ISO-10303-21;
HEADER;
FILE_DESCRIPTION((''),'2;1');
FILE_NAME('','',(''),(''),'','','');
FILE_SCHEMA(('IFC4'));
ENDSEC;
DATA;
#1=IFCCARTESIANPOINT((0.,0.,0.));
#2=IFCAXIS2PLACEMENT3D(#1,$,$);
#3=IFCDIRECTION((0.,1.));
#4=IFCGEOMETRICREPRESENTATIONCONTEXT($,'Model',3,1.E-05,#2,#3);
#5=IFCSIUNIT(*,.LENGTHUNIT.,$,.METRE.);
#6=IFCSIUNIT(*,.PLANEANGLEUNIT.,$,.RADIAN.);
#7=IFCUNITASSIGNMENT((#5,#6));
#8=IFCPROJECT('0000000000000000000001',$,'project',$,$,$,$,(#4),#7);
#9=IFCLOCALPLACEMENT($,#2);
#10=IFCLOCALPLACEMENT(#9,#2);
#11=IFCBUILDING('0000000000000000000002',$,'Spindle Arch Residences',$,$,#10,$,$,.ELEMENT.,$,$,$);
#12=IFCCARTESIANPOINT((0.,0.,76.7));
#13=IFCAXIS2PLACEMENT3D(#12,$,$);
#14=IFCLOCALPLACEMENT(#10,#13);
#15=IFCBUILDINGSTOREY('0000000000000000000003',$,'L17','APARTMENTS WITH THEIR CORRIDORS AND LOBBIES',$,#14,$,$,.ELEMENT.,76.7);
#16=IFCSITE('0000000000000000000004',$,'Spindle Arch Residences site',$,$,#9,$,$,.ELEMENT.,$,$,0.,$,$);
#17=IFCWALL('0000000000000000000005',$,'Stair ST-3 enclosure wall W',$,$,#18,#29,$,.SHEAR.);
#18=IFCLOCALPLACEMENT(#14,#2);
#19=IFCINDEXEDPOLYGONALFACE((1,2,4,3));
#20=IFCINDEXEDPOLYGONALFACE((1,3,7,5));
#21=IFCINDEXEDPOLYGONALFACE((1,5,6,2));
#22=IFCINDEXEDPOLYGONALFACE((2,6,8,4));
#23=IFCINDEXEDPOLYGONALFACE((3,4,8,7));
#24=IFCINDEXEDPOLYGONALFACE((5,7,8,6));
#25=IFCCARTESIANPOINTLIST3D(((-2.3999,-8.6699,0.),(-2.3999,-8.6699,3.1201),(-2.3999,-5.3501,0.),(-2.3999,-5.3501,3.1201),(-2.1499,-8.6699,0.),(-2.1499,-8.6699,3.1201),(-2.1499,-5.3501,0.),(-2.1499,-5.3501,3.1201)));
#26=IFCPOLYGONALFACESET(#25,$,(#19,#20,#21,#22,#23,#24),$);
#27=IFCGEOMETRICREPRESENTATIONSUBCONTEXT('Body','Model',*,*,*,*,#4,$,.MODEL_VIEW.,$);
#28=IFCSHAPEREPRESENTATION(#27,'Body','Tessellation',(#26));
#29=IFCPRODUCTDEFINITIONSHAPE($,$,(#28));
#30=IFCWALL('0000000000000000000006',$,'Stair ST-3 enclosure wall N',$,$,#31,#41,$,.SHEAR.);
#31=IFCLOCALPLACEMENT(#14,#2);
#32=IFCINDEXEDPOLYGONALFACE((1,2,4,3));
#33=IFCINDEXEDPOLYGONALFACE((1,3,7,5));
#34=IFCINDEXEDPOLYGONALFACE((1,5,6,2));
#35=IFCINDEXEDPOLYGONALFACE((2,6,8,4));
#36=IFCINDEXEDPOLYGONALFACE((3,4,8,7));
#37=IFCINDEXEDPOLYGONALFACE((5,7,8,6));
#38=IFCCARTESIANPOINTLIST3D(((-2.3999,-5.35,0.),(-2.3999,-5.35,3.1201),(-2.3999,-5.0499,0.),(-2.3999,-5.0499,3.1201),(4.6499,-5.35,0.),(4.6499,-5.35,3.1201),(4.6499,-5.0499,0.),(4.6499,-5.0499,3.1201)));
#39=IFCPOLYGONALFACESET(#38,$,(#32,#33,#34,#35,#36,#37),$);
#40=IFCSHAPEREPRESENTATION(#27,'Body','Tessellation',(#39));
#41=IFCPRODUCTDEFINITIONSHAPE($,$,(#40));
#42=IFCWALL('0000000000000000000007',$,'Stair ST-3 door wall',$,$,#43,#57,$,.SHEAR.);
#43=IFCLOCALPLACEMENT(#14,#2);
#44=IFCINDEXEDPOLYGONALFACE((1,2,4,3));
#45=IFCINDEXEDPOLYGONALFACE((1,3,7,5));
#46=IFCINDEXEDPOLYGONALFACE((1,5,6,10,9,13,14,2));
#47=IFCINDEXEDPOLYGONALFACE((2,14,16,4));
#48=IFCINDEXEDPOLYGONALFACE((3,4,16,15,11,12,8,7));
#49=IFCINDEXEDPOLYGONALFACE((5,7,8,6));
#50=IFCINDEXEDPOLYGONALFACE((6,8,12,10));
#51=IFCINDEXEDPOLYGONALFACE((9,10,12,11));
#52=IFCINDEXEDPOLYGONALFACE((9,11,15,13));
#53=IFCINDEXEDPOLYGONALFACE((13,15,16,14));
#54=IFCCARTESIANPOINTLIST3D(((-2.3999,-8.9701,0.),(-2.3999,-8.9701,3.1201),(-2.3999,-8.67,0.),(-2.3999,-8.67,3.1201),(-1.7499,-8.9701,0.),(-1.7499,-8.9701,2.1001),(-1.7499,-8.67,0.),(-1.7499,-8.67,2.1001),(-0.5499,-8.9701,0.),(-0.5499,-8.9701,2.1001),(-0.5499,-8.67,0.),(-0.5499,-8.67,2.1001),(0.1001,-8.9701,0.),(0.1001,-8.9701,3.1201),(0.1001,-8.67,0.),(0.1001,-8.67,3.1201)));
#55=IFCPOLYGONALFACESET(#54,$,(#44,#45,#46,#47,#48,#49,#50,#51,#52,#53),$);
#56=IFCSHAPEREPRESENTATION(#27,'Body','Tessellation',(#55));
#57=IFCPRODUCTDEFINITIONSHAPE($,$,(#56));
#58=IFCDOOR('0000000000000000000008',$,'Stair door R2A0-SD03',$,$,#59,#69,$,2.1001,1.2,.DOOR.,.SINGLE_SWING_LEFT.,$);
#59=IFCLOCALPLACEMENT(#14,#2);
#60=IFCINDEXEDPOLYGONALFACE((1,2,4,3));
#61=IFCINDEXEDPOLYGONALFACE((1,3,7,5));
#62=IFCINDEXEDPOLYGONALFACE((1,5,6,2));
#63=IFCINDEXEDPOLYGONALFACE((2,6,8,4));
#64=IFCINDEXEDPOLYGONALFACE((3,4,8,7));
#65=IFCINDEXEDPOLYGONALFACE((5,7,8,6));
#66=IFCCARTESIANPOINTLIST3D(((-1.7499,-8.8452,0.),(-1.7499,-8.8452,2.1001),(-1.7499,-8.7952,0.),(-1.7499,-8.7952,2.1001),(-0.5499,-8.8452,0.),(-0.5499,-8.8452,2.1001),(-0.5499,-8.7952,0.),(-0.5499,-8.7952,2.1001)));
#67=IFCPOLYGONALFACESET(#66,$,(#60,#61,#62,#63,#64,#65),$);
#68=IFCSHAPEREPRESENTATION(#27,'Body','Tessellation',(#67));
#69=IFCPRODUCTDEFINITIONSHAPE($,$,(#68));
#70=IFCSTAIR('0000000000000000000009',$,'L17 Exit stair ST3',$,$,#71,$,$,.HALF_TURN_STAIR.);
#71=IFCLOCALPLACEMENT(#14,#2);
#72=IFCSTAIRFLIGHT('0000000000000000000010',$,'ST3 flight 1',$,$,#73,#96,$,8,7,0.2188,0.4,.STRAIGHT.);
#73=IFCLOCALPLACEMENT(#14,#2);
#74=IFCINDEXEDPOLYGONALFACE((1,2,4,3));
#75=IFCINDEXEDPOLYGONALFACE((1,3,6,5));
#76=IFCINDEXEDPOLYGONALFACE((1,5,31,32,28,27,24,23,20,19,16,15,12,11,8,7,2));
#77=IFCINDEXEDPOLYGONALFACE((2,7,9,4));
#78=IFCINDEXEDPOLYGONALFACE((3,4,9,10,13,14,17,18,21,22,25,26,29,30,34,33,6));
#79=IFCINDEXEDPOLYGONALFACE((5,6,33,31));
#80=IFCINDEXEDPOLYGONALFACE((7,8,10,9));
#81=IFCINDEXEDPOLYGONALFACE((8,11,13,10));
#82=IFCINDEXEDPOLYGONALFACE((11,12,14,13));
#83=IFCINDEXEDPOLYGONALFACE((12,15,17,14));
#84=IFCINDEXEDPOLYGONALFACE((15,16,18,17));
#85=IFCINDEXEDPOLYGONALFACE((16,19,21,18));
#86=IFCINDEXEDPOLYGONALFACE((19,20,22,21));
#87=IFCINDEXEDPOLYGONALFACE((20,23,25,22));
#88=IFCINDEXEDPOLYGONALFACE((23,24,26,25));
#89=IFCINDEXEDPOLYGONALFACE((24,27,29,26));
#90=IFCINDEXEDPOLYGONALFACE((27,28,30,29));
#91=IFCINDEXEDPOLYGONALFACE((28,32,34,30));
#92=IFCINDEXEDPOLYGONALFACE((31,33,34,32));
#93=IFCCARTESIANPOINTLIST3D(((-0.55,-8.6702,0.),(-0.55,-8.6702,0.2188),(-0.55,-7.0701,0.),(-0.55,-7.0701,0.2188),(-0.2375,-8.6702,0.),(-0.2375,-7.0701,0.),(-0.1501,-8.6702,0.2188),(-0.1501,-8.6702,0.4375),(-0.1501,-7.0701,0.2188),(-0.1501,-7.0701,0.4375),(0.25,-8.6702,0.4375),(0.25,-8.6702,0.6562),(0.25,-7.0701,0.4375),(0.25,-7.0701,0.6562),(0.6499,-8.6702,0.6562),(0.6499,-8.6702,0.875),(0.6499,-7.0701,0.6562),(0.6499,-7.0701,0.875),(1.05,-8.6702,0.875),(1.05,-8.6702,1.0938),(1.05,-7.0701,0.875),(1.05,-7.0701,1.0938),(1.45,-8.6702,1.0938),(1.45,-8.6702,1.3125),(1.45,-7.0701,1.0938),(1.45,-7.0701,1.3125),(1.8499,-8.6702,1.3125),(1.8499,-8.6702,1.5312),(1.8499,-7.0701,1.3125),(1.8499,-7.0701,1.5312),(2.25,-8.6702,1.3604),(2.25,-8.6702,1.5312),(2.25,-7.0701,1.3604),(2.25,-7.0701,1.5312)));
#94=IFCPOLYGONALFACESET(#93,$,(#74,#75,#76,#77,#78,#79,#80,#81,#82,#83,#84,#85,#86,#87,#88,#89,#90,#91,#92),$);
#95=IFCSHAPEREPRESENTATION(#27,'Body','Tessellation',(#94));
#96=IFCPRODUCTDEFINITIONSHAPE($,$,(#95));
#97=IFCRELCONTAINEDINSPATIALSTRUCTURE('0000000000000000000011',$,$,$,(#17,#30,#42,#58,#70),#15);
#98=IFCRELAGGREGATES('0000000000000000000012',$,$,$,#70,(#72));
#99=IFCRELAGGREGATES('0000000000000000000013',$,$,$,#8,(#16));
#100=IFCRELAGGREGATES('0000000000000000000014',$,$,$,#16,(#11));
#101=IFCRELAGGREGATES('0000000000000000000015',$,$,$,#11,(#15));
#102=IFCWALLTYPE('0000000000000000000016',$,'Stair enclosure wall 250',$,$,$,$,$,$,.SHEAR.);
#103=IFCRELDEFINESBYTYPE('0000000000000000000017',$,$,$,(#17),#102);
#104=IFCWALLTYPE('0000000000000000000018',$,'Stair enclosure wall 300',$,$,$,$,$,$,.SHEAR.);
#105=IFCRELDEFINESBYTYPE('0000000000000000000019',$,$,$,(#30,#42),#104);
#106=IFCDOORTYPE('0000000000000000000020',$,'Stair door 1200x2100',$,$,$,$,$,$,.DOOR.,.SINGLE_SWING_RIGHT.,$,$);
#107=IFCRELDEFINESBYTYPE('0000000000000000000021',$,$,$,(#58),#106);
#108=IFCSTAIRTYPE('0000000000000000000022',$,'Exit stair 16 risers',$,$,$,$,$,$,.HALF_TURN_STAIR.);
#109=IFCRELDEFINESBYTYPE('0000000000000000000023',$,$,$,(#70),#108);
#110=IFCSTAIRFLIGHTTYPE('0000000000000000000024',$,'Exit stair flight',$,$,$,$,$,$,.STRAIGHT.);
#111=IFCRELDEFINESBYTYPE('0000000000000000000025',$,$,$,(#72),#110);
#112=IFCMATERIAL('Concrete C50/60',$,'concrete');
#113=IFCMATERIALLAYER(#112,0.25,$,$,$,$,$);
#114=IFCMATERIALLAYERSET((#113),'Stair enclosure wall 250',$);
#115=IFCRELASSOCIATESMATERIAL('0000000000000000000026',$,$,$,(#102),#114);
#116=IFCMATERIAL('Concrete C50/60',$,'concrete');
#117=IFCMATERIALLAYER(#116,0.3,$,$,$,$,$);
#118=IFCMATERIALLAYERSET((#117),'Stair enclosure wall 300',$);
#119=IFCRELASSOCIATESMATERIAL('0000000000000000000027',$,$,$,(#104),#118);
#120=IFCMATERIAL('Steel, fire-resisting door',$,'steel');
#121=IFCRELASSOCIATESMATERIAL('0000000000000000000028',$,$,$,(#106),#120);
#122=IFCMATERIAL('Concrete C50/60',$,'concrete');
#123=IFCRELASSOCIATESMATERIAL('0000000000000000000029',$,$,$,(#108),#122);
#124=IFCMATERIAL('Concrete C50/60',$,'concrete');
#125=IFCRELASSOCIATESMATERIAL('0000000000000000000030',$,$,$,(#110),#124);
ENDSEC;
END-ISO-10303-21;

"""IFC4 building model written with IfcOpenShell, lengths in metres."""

from ifc_helpers import new_model, si_unit, direction, frame, frame_2d, origin, place, context, subcontext, project, spatial, polyline, rectangle, outline, extrude, material, layer, layer_set, type_object, element, fill, aggregate, save


model = new_model("IFC4")

# Units and contexts
model_context = context("Model", 3, precision=1e-05, world=origin(), true_north=direction((0.0, 1.0)))
body_context = subcontext(model_context, "Body", "Model", "MODEL_VIEW")
ifc_project = project(units=[si_unit("LENGTHUNIT", "METRE"), si_unit("PLANEANGLEUNIT", "RADIAN")], contexts=[model_context])

# Site, building, storey
site_placement = place(None, origin())
site = spatial("IfcSite", under=ifc_project, at=site_placement, Name="Spindle Arch Residences site", CompositionType="ELEMENT", RefElevation=0.0)
building_placement = place(site_placement, origin())
building = spatial("IfcBuilding", under=site, at=building_placement, Name="Spindle Arch Residences", CompositionType="ELEMENT")
storey_placement = place(building_placement, frame((0.0, 0.0, 76.7)))
storey = spatial("IfcBuildingStorey", under=building, at=storey_placement, Name="L17", Description="APARTMENTS WITH THEIR CORRIDORS AND LOBBIES", CompositionType="ELEMENT", Elevation=76.7)

# Walls
ifc_material_1 = material(Name="Concrete C50/60", Category="concrete")
ifc_layer_1 = layer(ifc_material_1, 0.25)
ifc_layer_set_1 = layer_set([ifc_layer_1], Name="Stair enclosure wall 250")
wall_type_1 = type_object("IfcWallType", Name="Stair enclosure wall 250", PredefinedType="SHEAR", material=ifc_layer_set_1)
wall_1_placement = place(storey_placement, frame((-2.2749, -8.6699, 0.0), z_axis=(0.0, 0.0, 1.0), x_axis=(0.0, 1.0, 0.0)))
element("IfcWall", 1, at=wall_1_placement, inside=storey, type_object=wall_type_1, Name="Stair ST-3 enclosure wall W", PredefinedType="SHEAR", context=body_context, shape_type="SweptSolid", body=[
    extrude(rectangle(XDim=3.3198, YDim=0.25, at=frame_2d((1.6599, 0.0))), origin(), (0.0, 0.0, 1.0), 3.1201),
])
ifc_material_2 = material(Name="Concrete C50/60", Category="concrete")
ifc_layer_2 = layer(ifc_material_2, 0.3)
ifc_layer_set_2 = layer_set([ifc_layer_2], Name="Stair enclosure wall 300")
wall_type_2 = type_object("IfcWallType", Name="Stair enclosure wall 300", PredefinedType="SHEAR", material=ifc_layer_set_2)
wall_2_placement = place(storey_placement, frame((-2.3999, -5.2, 0.0), z_axis=(0.0, 0.0, 1.0), x_axis=(1.0, 0.0, 0.0)))
element("IfcWall", 2, at=wall_2_placement, inside=storey, type_object=wall_type_2, Name="Stair ST-3 enclosure wall N", PredefinedType="SHEAR", context=body_context, shape_type="SweptSolid", body=[
    extrude(rectangle(XDim=7.0498, YDim=0.3, at=frame_2d((3.5249, 0.0))), origin(), (0.0, 0.0, 1.0), 3.1201),
])

# Wall, opening, door
wall_3_placement = place(storey_placement, frame((-2.3999, -8.8201, 0.0), z_axis=(0.0, 0.0, 1.0), x_axis=(1.0, 0.0, 0.0)))
wall_3 = element("IfcWall", 3, at=wall_3_placement, inside=storey, type_object=wall_type_2, Name="Stair ST-3 door wall", PredefinedType="SHEAR", context=body_context, shape_type="SweptSolid", body=[
    extrude(rectangle(XDim=2.5, YDim=0.3, at=frame_2d((1.25, 0.0))), origin(), (0.0, 0.0, 1.0), 3.1201),
])
opening_1_placement = place(wall_3_placement, frame((0.6499, 0.0, 0.0)))
opening_1 = element("IfcOpeningElement", 4, at=opening_1_placement, cuts=wall_3, PredefinedType="OPENING", context=body_context, shape_type="SweptSolid", body=[
    extrude(rectangle(XDim=1.2, YDim=2.1001, at=frame_2d((0.6001, 1.05))), frame((0.0, 0.1602, 0.0), z_axis=(0.0, -1.0, 0.0), x_axis=(1.0, 0.0, 0.0)), (0.0, 0.0, 1.0), 0.3201),
])
ifc_material_3 = material(Name="Steel, fire-resisting door", Category="steel")
door_type_1 = type_object("IfcDoorType", Name="Stair door 1200x2100", OperationType="SINGLE_SWING_RIGHT", PredefinedType="DOOR", material=ifc_material_3)
door_1_placement = place(opening_1_placement, origin())
door_1 = element("IfcDoor", 5, at=door_1_placement, inside=storey, type_object=door_type_1, Name="Stair door R2A0-SD03", OperationType="SINGLE_SWING_LEFT", OverallHeight=2.1001, OverallWidth=1.2, PredefinedType="DOOR", context=body_context, shape_type="SweptSolid", body=[
    extrude(rectangle(XDim=1.2, YDim=2.1001, at=frame_2d((0.6001, 1.05))), frame((0.0, 0.0249, 0.0), z_axis=(0.0, -1.0, 0.0), x_axis=(1.0, 0.0, 0.0)), (0.0, 0.0, 1.0), 0.05),
])
fill(opening_1, door_1)

# Stair, stair flight
ifc_material_4 = material(Name="Concrete C50/60", Category="concrete")
stair_type = type_object("IfcStairType", Name="Exit stair 16 risers", PredefinedType="HALF_TURN_STAIR", material=ifc_material_4)
stair_placement = place(storey_placement, origin())
stair = element("IfcStair", 6, at=stair_placement, inside=storey, type_object=stair_type, Name="L17 Exit stair ST3", PredefinedType="HALF_TURN_STAIR")
ifc_material_5 = material(Name="Concrete C50/60", Category="concrete")
stair_flight_type = type_object("IfcStairFlightType", Name="Exit stair flight", PredefinedType="STRAIGHT", material=ifc_material_5)
stair_flight_placement = place(storey_placement, frame((-0.55, -7.8701, 0.0), z_axis=(0.0, 0.0, 1.0), x_axis=(1.0, 0.0, 0.0)))
stair_flight = element("IfcStairFlight", 7, at=stair_flight_placement, type_object=stair_flight_type, Name="ST3 flight 1", NumberOfRisers=8, NumberOfTreads=7, PredefinedType="STRAIGHT", RiserHeight=0.2188, TreadLength=0.4, context=body_context, shape_type="SweptSolid", body=[
    extrude(outline(polyline([(0.0, 0.0), (0.0, 0.2188), (0.3999, 0.2188), (0.3999, 0.4375), (0.8, 0.4375), (0.8, 0.6562), (1.2, 0.6562), (1.2, 0.875), (1.6001, 0.875), (1.6001, 1.0938), (2.0, 1.0938), (2.0, 1.3125), (2.3999, 1.3125), (2.3999, 1.5312), (2.8, 1.5312), (2.8, 1.75), (2.8, 1.3604), (0.3125, 0.0), (0.0, 0.0)])), frame((0.0, 0.8, 0.0), z_axis=(0.0, -1.0, 0.0), x_axis=(1.0, 0.0, 0.0)), (0.0, 0.0, 1.0), 1.6001),
])
aggregate(stair, [stair_flight])

save(model, "model.ifc")
